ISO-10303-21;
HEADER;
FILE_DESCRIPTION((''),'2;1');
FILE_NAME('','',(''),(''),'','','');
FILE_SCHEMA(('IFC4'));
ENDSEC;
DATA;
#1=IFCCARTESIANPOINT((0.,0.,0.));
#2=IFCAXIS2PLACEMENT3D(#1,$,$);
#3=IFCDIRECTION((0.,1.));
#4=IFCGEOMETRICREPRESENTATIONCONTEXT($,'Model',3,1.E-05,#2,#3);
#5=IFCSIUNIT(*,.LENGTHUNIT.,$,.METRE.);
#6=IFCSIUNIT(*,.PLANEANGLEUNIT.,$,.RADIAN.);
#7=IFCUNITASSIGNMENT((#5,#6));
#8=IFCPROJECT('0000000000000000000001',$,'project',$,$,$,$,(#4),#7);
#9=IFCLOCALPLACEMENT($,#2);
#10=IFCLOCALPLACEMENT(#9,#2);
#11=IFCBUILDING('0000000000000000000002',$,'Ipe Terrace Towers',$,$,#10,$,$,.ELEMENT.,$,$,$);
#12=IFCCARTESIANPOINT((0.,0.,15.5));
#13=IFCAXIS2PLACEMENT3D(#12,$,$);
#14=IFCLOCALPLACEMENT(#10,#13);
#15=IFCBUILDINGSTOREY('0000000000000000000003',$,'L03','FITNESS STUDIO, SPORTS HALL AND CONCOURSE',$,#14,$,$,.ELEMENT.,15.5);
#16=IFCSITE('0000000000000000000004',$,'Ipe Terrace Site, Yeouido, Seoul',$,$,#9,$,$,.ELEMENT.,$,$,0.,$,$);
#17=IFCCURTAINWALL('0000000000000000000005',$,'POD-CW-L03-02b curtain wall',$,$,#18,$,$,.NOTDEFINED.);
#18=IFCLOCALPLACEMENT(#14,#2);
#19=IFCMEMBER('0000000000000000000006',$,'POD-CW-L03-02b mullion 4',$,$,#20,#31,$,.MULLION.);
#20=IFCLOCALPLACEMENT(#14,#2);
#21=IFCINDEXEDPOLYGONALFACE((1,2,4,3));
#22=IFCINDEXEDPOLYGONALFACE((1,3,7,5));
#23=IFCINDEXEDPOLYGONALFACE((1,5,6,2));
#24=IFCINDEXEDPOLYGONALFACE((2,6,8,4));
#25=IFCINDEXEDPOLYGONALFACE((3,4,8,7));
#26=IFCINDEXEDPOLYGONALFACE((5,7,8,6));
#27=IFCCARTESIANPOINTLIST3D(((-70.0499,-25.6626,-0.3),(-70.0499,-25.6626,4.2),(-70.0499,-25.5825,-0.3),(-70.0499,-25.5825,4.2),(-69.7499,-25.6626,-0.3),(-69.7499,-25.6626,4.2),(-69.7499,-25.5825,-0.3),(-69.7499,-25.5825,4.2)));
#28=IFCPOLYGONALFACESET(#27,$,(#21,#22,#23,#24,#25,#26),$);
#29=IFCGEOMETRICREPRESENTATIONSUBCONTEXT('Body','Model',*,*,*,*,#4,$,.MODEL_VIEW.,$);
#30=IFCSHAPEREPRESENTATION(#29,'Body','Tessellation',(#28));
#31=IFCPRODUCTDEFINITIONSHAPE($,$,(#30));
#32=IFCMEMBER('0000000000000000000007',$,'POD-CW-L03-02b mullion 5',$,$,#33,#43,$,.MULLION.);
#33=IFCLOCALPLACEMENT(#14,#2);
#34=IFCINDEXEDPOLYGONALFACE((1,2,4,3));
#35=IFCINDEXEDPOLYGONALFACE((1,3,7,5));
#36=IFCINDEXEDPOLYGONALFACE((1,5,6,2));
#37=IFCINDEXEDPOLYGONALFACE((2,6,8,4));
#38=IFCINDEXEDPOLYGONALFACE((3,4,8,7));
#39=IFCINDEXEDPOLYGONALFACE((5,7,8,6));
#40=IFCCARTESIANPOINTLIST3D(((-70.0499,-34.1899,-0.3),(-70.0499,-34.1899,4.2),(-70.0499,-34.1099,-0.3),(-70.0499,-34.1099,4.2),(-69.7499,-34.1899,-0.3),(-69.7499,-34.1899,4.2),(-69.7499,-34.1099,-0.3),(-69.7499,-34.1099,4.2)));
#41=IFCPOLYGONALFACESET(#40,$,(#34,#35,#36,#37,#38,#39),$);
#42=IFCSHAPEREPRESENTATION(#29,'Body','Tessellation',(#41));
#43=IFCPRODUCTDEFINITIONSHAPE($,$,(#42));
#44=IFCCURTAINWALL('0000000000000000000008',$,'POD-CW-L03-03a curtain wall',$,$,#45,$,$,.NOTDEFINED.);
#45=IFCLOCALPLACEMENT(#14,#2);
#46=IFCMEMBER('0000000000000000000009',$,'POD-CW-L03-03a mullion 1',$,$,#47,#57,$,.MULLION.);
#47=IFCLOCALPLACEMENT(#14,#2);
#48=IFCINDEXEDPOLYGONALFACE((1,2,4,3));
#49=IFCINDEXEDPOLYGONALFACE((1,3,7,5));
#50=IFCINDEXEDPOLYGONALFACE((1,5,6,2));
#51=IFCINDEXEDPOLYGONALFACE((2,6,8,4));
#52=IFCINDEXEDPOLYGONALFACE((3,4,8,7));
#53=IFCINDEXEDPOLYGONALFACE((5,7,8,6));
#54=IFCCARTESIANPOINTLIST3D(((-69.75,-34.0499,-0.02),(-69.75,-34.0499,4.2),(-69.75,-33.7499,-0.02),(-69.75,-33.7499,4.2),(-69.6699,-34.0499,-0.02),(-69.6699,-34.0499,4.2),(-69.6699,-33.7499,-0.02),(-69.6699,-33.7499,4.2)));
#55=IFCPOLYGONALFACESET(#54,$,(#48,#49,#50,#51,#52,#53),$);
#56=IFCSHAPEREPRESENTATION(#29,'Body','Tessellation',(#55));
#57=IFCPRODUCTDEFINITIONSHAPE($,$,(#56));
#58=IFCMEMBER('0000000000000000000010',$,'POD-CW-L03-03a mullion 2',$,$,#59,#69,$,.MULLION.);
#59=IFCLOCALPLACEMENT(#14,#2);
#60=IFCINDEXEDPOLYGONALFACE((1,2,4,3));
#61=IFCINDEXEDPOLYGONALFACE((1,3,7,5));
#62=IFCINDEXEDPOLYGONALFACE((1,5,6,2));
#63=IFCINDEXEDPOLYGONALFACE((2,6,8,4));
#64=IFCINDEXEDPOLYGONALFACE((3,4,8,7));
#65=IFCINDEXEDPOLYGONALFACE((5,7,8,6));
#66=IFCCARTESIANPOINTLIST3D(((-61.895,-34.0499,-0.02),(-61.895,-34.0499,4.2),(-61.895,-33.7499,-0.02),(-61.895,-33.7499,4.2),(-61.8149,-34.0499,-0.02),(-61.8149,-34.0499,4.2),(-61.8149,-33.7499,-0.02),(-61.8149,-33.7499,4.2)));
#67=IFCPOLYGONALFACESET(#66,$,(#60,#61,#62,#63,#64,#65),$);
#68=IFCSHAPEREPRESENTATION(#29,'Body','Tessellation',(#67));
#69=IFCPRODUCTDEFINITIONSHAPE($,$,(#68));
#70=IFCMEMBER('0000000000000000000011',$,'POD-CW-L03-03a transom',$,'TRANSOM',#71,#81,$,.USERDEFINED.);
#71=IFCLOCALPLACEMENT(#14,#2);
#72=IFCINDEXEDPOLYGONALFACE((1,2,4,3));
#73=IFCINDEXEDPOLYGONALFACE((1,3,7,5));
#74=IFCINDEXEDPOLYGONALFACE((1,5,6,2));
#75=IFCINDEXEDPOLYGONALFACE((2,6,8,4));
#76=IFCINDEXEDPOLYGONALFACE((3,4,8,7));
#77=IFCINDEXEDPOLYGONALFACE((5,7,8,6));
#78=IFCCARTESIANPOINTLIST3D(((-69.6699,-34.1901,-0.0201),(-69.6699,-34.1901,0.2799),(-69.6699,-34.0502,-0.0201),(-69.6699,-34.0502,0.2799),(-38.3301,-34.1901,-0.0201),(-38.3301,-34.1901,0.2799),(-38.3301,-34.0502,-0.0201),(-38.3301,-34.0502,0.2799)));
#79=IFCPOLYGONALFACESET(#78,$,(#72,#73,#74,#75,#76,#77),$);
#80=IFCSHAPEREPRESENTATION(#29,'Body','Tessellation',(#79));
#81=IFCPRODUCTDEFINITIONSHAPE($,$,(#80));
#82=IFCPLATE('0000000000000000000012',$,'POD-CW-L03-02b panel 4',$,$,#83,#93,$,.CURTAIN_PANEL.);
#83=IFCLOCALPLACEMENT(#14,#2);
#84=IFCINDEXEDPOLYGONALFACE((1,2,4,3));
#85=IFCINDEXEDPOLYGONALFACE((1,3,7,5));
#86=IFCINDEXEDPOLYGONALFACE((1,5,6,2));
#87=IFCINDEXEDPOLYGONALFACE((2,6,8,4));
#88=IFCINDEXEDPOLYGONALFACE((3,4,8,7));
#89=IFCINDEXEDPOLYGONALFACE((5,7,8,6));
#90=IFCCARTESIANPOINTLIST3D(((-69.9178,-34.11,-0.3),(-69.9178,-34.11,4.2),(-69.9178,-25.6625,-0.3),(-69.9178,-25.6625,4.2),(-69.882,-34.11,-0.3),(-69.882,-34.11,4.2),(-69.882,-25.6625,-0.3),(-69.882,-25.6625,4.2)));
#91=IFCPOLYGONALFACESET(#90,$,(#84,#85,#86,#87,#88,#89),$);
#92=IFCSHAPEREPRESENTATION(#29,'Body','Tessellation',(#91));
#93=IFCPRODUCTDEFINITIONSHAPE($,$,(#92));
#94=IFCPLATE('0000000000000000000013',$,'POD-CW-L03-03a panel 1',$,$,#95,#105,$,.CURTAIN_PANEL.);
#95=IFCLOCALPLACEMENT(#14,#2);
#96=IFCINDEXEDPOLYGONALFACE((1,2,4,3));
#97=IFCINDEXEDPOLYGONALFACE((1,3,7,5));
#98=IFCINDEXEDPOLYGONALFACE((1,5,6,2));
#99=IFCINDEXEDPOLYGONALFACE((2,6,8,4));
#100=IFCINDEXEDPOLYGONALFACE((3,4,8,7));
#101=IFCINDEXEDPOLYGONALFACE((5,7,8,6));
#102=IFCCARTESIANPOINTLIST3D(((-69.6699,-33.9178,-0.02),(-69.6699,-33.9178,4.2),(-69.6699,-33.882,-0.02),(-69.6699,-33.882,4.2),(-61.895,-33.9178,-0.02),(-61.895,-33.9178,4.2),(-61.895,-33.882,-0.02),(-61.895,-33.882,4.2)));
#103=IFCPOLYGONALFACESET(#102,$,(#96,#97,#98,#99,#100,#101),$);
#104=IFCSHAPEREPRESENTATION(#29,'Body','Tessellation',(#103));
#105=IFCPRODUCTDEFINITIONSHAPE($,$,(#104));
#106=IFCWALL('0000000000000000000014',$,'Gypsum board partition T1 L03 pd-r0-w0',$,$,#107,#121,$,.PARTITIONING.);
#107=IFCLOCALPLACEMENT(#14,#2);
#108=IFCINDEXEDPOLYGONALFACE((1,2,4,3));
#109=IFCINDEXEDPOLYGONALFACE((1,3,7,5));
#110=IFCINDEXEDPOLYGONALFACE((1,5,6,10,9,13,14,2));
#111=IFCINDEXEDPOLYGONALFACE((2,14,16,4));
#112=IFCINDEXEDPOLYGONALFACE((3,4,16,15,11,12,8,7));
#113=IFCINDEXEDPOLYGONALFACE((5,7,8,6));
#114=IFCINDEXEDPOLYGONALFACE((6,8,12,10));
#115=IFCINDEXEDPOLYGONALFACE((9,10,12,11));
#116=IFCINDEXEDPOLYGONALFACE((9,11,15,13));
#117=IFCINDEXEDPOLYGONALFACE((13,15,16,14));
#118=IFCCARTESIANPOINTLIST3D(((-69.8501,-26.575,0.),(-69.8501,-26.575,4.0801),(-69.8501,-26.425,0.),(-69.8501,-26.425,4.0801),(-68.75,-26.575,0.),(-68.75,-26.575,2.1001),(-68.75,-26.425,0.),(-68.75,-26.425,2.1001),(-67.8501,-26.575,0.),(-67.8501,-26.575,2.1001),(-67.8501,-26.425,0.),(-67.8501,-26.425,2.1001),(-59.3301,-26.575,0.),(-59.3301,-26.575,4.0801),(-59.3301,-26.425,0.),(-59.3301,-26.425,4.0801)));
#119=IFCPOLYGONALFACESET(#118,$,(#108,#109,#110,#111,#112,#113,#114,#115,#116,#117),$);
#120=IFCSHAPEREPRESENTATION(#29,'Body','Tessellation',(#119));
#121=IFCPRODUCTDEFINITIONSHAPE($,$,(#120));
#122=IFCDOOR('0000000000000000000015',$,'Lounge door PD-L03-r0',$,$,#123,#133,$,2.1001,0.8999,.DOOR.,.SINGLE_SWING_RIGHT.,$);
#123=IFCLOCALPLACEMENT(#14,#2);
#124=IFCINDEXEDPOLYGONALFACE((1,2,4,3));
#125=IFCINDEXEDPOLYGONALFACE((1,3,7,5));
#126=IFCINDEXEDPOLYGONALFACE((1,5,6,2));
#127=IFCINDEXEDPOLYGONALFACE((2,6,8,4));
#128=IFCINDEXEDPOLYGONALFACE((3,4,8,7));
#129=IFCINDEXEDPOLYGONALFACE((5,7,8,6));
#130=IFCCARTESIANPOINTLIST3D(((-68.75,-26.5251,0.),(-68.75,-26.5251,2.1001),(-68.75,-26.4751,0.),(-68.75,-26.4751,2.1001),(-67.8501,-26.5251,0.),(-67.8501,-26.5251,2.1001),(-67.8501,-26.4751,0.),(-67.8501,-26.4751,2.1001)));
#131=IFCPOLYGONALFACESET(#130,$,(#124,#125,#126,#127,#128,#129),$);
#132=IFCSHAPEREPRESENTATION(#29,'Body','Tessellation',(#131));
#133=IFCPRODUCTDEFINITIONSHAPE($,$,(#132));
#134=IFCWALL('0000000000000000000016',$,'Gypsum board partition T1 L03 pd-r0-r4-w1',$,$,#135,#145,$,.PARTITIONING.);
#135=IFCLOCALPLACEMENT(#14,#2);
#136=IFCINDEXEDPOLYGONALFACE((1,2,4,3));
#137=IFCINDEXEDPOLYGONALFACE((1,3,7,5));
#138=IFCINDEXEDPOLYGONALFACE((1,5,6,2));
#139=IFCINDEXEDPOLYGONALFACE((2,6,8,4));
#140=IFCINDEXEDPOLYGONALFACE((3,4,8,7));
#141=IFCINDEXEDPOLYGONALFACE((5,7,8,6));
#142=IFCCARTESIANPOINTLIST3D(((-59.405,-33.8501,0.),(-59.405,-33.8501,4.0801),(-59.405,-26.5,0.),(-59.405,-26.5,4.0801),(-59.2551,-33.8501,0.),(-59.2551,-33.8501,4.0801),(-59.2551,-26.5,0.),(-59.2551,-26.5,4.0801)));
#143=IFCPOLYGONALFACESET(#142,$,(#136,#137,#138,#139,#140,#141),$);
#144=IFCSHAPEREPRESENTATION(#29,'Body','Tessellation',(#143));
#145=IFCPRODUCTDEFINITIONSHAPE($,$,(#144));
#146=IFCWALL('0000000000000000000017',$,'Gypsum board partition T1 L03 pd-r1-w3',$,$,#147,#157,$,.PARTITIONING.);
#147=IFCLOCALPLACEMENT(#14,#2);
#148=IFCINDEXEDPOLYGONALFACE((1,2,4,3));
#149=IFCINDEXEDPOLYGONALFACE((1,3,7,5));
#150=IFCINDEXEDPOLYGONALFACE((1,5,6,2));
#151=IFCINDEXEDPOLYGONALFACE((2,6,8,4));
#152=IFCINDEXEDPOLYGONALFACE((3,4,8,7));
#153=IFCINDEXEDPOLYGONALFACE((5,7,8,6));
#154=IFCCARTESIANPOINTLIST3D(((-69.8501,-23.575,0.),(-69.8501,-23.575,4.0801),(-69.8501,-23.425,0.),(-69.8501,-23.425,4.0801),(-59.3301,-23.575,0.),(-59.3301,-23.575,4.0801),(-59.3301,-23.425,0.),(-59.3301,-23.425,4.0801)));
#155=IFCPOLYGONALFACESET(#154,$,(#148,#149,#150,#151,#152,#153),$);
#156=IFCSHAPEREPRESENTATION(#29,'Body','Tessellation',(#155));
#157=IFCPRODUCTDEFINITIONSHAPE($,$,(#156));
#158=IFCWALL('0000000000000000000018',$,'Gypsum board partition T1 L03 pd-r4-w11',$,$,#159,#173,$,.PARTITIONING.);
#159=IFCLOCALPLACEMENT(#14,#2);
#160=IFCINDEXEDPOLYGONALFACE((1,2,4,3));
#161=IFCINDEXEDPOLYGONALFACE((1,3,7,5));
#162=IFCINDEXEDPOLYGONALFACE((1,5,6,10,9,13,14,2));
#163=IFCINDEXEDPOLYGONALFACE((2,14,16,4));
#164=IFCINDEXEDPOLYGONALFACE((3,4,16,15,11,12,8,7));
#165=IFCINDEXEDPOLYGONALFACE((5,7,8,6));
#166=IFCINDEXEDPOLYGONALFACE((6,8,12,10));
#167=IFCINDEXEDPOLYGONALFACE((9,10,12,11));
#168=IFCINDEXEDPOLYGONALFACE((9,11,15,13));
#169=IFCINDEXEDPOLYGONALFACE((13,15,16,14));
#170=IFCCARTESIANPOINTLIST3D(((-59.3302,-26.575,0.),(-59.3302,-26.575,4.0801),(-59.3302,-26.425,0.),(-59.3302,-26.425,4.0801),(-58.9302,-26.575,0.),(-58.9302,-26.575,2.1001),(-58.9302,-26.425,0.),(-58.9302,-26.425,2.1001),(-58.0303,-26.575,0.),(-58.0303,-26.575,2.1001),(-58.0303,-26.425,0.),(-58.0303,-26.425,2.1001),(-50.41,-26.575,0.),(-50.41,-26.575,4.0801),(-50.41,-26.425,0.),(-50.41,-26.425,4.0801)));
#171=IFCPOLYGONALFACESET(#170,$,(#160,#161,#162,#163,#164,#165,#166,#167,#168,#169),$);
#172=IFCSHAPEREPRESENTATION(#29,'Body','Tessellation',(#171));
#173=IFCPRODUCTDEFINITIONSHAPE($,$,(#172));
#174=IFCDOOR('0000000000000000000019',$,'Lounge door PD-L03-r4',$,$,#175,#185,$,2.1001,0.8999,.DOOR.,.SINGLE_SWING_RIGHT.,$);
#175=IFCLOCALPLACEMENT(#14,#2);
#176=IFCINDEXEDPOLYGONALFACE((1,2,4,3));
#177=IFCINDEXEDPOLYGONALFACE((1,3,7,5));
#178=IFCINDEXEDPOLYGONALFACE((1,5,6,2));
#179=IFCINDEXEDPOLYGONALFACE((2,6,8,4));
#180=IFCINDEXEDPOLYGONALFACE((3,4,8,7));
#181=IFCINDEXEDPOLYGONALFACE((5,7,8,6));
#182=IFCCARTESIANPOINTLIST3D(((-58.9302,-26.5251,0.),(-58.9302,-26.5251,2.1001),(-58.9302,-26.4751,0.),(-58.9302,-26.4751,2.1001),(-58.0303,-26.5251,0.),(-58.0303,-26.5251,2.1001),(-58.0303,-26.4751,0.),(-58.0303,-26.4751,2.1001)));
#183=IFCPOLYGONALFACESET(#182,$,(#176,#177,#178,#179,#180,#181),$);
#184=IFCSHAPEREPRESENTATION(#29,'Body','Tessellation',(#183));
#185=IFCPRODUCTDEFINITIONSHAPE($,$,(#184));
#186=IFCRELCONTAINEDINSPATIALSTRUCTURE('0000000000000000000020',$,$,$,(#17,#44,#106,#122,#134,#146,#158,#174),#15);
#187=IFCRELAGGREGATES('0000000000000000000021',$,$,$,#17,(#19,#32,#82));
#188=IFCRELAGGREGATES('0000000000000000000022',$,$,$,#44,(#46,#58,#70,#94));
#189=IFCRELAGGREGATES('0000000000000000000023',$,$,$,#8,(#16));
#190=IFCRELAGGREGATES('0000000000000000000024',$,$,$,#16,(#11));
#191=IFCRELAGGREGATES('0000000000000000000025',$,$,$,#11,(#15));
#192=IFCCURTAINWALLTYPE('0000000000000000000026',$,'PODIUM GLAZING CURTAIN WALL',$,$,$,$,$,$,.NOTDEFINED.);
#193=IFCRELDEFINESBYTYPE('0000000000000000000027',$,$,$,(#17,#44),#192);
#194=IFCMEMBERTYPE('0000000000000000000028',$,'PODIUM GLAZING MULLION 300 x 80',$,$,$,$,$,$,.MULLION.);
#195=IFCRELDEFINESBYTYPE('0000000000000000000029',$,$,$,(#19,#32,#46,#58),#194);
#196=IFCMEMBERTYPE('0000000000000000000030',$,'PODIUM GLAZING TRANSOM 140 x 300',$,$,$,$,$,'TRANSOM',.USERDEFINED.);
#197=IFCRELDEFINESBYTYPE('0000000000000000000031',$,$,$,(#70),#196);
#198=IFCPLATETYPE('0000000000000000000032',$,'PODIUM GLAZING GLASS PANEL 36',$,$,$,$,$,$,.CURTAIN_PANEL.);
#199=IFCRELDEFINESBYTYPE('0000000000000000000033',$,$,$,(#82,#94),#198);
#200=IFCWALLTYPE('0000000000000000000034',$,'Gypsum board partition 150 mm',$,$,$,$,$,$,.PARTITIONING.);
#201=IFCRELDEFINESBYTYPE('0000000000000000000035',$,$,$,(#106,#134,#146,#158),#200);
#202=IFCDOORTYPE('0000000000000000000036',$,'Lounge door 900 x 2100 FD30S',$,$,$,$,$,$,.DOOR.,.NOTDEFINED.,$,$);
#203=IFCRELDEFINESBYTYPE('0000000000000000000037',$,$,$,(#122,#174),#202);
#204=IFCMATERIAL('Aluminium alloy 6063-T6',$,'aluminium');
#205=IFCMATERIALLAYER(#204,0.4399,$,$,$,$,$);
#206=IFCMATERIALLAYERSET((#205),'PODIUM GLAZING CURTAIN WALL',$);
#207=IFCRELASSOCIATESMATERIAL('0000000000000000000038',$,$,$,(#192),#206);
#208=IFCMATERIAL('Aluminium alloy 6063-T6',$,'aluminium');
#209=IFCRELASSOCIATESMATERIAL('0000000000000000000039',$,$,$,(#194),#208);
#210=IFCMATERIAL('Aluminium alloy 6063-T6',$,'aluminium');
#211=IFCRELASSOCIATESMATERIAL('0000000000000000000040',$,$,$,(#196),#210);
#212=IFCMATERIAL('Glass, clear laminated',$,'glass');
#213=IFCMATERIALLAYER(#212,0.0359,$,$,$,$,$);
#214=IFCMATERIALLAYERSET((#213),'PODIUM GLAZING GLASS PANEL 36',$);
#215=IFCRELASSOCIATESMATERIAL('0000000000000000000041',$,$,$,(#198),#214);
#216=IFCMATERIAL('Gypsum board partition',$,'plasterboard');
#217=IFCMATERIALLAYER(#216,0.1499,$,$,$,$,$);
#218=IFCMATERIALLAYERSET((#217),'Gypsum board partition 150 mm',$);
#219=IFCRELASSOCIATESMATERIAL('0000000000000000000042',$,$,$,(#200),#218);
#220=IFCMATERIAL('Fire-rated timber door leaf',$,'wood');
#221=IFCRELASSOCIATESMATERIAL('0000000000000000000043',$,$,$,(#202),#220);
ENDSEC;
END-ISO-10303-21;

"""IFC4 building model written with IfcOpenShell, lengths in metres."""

from ifc_helpers import new_model, si_unit, direction, frame, frame_2d, origin, origin_2d, place, context, subcontext, project, spatial, rectangle, extrude, material, layer, layer_set, material_profile, profile_set, type_object, element, fill, aggregate, save


model = new_model("IFC4")

# Units and contexts
model_context = context("Model", 3, precision=1e-05, world=origin(), true_north=direction((0.0, 1.0)))
body_context = subcontext(model_context, "Body", "Model", "MODEL_VIEW")
ifc_project = project(units=[si_unit("LENGTHUNIT", "METRE"), si_unit("PLANEANGLEUNIT", "RADIAN")], contexts=[model_context])

# Site, building, storey
site_placement = place(None, origin())
site = spatial("IfcSite", under=ifc_project, at=site_placement, Name="Ipe Terrace Site, Yeouido, Seoul", CompositionType="ELEMENT", RefElevation=0.0)
building_placement = place(site_placement, origin())
building = spatial("IfcBuilding", under=site, at=building_placement, Name="Ipe Terrace Towers", CompositionType="ELEMENT")
storey_placement = place(building_placement, frame((0.0, 0.0, 15.5)))
storey = spatial("IfcBuildingStorey", under=building, at=storey_placement, Name="L03", Description="FITNESS STUDIO, SPORTS HALL AND CONCOURSE", CompositionType="ELEMENT", Elevation=15.5)

# Curtain walls, members
ifc_material_1 = material(Name="Aluminium alloy 6063-T6", Category="aluminium")
ifc_layer_1 = layer(ifc_material_1, 0.4399)
ifc_layer_set_1 = layer_set([ifc_layer_1], Name="PODIUM GLAZING CURTAIN WALL")
curtain_wall_type = type_object("IfcCurtainWallType", Name="PODIUM GLAZING CURTAIN WALL", PredefinedType="NOTDEFINED", material=ifc_layer_set_1)
curtain_wall_1_placement = place(storey_placement, origin())
curtain_wall_1 = element("IfcCurtainWall", 1, at=curtain_wall_1_placement, inside=storey, type_object=curtain_wall_type, Name="POD-CW-L03-02b curtain wall", PredefinedType="NOTDEFINED")
ifc_material_2 = material(Name="Aluminium alloy 6063-T6", Category="aluminium")
ifc_material_profile_1 = material_profile(ifc_material_2, rectangle(XDim=0.3, YDim=0.0801, at=origin_2d()), Name="PODIUM GLAZING MULLION 300 x 80")
ifc_profile_set_1 = profile_set([ifc_material_profile_1], Name="Aluminium alloy 6063-T6")
member_type_1 = type_object("IfcMemberType", Name="PODIUM GLAZING MULLION 300 x 80", PredefinedType="MULLION", material=ifc_profile_set_1)
member_1_placement = place(storey_placement, frame((-69.8999, -25.6226, -0.3), z_axis=(0.0, 0.0, 1.0), x_axis=(-1.0, 0.0, 0.0)))
member_1 = element("IfcMember", 2, at=member_1_placement, type_object=member_type_1, Name="POD-CW-L03-02b mullion 4", PredefinedType="MULLION", context=body_context, shape_type="SweptSolid", body=[
    extrude(rectangle(XDim=0.3, YDim=0.0801, at=origin_2d()), origin(), (0.0, 0.0, 1.0), 4.5),
])
member_2_placement = place(storey_placement, frame((-69.8999, -34.1499, -0.3), z_axis=(0.0, 0.0, 1.0), x_axis=(-1.0, 0.0, 0.0)))
member_2 = element("IfcMember", 3, at=member_2_placement, type_object=member_type_1, Name="POD-CW-L03-02b mullion 5", PredefinedType="MULLION", context=body_context, shape_type="SweptSolid", body=[
    extrude(rectangle(XDim=0.3, YDim=0.0801, at=origin_2d()), origin(), (0.0, 0.0, 1.0), 4.5),
])
curtain_wall_2_placement = place(storey_placement, origin())
curtain_wall_2 = element("IfcCurtainWall", 4, at=curtain_wall_2_placement, inside=storey, type_object=curtain_wall_type, Name="POD-CW-L03-03a curtain wall", PredefinedType="NOTDEFINED")
member_3_placement = place(storey_placement, frame((-69.71, -33.8999, -0.02), z_axis=(0.0, 0.0, 1.0), x_axis=(0.0, -1.0, 0.0)))
member_3 = element("IfcMember", 5, at=member_3_placement, type_object=member_type_1, Name="POD-CW-L03-03a mullion 1", PredefinedType="MULLION", context=body_context, shape_type="SweptSolid", body=[
    extrude(rectangle(XDim=0.3, YDim=0.0801, at=origin_2d()), origin(), (0.0, 0.0, 1.0), 4.22),
])
member_4_placement = place(storey_placement, frame((-61.855, -33.8999, -0.02), z_axis=(0.0, 0.0, 1.0), x_axis=(0.0, -1.0, 0.0)))
member_4 = element("IfcMember", 6, at=member_4_placement, type_object=member_type_1, Name="POD-CW-L03-03a mullion 2", PredefinedType="MULLION", context=body_context, shape_type="SweptSolid", body=[
    extrude(rectangle(XDim=0.3, YDim=0.0801, at=origin_2d()), origin(), (0.0, 0.0, 1.0), 4.22),
])
ifc_material_3 = material(Name="Aluminium alloy 6063-T6", Category="aluminium")
ifc_material_profile_2 = material_profile(ifc_material_3, rectangle(XDim=0.1399, YDim=0.3, at=origin_2d()), Name="PODIUM GLAZING TRANSOM 140 x 300")
ifc_profile_set_2 = profile_set([ifc_material_profile_2], Name="Aluminium alloy 6063-T6")
member_type_2 = type_object("IfcMemberType", Name="PODIUM GLAZING TRANSOM 140 x 300", ElementType="TRANSOM", PredefinedType="USERDEFINED", material=ifc_profile_set_2)
member_5_placement = place(storey_placement, frame((-69.6699, -34.1201, 0.1299), z_axis=(1.0, 0.0, 0.0), x_axis=(0.0, -1.0, 0.0)))
member_5 = element("IfcMember", 7, at=member_5_placement, type_object=member_type_2, Name="POD-CW-L03-03a transom", ObjectType="TRANSOM", PredefinedType="USERDEFINED", context=body_context, shape_type="SweptSolid", body=[
    extrude(rectangle(XDim=0.1399, YDim=0.3, at=origin_2d()), origin(), (0.0, 0.0, 1.0), 31.3398),
])

# Plates
ifc_material_4 = material(Name="Glass, clear laminated", Category="glass")
ifc_layer_2 = layer(ifc_material_4, 0.0359)
ifc_layer_set_2 = layer_set([ifc_layer_2], Name="PODIUM GLAZING GLASS PANEL 36")
plate_type = type_object("IfcPlateType", Name="PODIUM GLAZING GLASS PANEL 36", PredefinedType="CURTAIN_PANEL", material=ifc_layer_set_2)
plate_1_placement = place(storey_placement, frame((-69.8999, -29.8862, -0.3), z_axis=(0.0, 0.0, 1.0), x_axis=(0.0, -1.0, 0.0)))
plate_1 = element("IfcPlate", 8, at=plate_1_placement, type_object=plate_type, Name="POD-CW-L03-02b panel 4", PredefinedType="CURTAIN_PANEL", context=body_context, shape_type="SweptSolid", body=[
    extrude(rectangle(XDim=8.4475, YDim=0.0359, at=origin_2d()), origin(), (0.0, 0.0, 1.0), 4.5),
])
aggregate(curtain_wall_1, [member_1, member_2, plate_1])
plate_2_placement = place(storey_placement, frame((-65.7825, -33.8999, -0.02), z_axis=(0.0, 0.0, 1.0), x_axis=(1.0, 0.0, 0.0)))
plate_2 = element("IfcPlate", 9, at=plate_2_placement, type_object=plate_type, Name="POD-CW-L03-03a panel 1", PredefinedType="CURTAIN_PANEL", context=body_context, shape_type="SweptSolid", body=[
    extrude(rectangle(XDim=7.7749, YDim=0.0359, at=origin_2d()), origin(), (0.0, 0.0, 1.0), 4.22),
])
aggregate(curtain_wall_2, [member_3, member_4, member_5, plate_2])

# Wall, opening, door
ifc_material_5 = material(Name="Gypsum board partition", Category="plasterboard")
ifc_layer_3 = layer(ifc_material_5, 0.1499)
ifc_layer_set_3 = layer_set([ifc_layer_3], Name="Gypsum board partition 150 mm")
wall_type = type_object("IfcWallType", Name="Gypsum board partition 150 mm", PredefinedType="PARTITIONING", material=ifc_layer_set_3)
wall_1_placement = place(storey_placement, frame((-69.8501, -26.5, 0.0), z_axis=(0.0, 0.0, 1.0), x_axis=(1.0, 0.0, 0.0)))
wall_1 = element("IfcWall", 10, at=wall_1_placement, inside=storey, type_object=wall_type, Name="Gypsum board partition T1 L03 pd-r0-w0", PredefinedType="PARTITIONING", context=body_context, shape_type="SweptSolid", body=[
    extrude(rectangle(XDim=10.52, YDim=0.1499, at=frame_2d((5.26, 0.0))), origin(), (0.0, 0.0, 1.0), 4.0801),
])
opening_1_placement = place(wall_1_placement, frame((1.1001, 0.0, 0.0)))
opening_1 = element("IfcOpeningElement", 11, at=opening_1_placement, cuts=wall_1, PredefinedType="OPENING", context=body_context, shape_type="SweptSolid", body=[
    extrude(rectangle(XDim=0.8999, YDim=2.1001, at=frame_2d((0.45, 1.05))), frame((0.0, 0.085, 0.0), z_axis=(0.0, -1.0, 0.0), x_axis=(1.0, 0.0, 0.0)), (0.0, 0.0, 1.0), 0.1699),
])
ifc_material_6 = material(Name="Fire-rated timber door leaf", Category="wood")
door_type = type_object("IfcDoorType", Name="Lounge door 900 x 2100 FD30S", OperationType="NOTDEFINED", PredefinedType="DOOR", material=ifc_material_6)
door_1_placement = place(opening_1_placement, origin())
door_1 = element("IfcDoor", 12, at=door_1_placement, inside=storey, type_object=door_type, Name="Lounge door PD-L03-r0", OperationType="SINGLE_SWING_RIGHT", OverallHeight=2.1001, OverallWidth=0.8999, PredefinedType="DOOR", context=body_context, shape_type="SweptSolid", body=[
    extrude(rectangle(XDim=0.8999, YDim=2.1001, at=frame_2d((0.45, 1.05))), frame((0.0, 0.0249, 0.0), z_axis=(0.0, -1.0, 0.0), x_axis=(1.0, 0.0, 0.0)), (0.0, 0.0, 1.0), 0.05),
])
fill(opening_1, door_1)

# Walls
wall_2_placement = place(storey_placement, frame((-59.3301, -26.5, 0.0), z_axis=(0.0, 0.0, 1.0), x_axis=(0.0, -1.0, 0.0)))
element("IfcWall", 13, at=wall_2_placement, inside=storey, type_object=wall_type, Name="Gypsum board partition T1 L03 pd-r0-r4-w1", PredefinedType="PARTITIONING", context=body_context, shape_type="SweptSolid", body=[
    extrude(rectangle(XDim=7.3501, YDim=0.1499, at=frame_2d((3.675, 0.0))), origin(), (0.0, 0.0, 1.0), 4.0801),
])
wall_3_placement = place(storey_placement, frame((-59.3301, -23.5, 0.0), z_axis=(0.0, 0.0, 1.0), x_axis=(-1.0, 0.0, 0.0)))
element("IfcWall", 14, at=wall_3_placement, inside=storey, type_object=wall_type, Name="Gypsum board partition T1 L03 pd-r1-w3", PredefinedType="PARTITIONING", context=body_context, shape_type="SweptSolid", body=[
    extrude(rectangle(XDim=10.52, YDim=0.1499, at=frame_2d((5.26, 0.0))), origin(), (0.0, 0.0, 1.0), 4.0801),
])

# Wall, opening, door
wall_4_placement = place(storey_placement, frame((-59.3301, -26.5, 0.0), z_axis=(0.0, 0.0, 1.0), x_axis=(1.0, 0.0, 0.0)))
wall_4 = element("IfcWall", 15, at=wall_4_placement, inside=storey, type_object=wall_type, Name="Gypsum board partition T1 L03 pd-r4-w11", PredefinedType="PARTITIONING", context=body_context, shape_type="SweptSolid", body=[
    extrude(rectangle(XDim=8.9202, YDim=0.1499, at=frame_2d((4.46, 0.0))), origin(), (0.0, 0.0, 1.0), 4.0801),
])
opening_2_placement = place(wall_4_placement, frame((0.3999, 0.0, 0.0)))
opening_2 = element("IfcOpeningElement", 16, at=opening_2_placement, cuts=wall_4, PredefinedType="OPENING", context=body_context, shape_type="SweptSolid", body=[
    extrude(rectangle(XDim=0.8999, YDim=2.1001, at=frame_2d((0.45, 1.05))), frame((0.0, 0.085, 0.0), z_axis=(0.0, -1.0, 0.0), x_axis=(1.0, 0.0, 0.0)), (0.0, 0.0, 1.0), 0.1699),
])
door_2_placement = place(opening_2_placement, origin())
door_2 = element("IfcDoor", 17, at=door_2_placement, inside=storey, type_object=door_type, Name="Lounge door PD-L03-r4", OperationType="SINGLE_SWING_RIGHT", OverallHeight=2.1001, OverallWidth=0.8999, PredefinedType="DOOR", context=body_context, shape_type="SweptSolid", body=[
    extrude(rectangle(XDim=0.8999, YDim=2.1001, at=frame_2d((0.45, 1.05))), frame((0.0, 0.0249, 0.0), z_axis=(0.0, -1.0, 0.0), x_axis=(1.0, 0.0, 0.0)), (0.0, 0.0, 1.0), 0.05),
])
fill(opening_2, door_2)

save(model, "model.ifc")
